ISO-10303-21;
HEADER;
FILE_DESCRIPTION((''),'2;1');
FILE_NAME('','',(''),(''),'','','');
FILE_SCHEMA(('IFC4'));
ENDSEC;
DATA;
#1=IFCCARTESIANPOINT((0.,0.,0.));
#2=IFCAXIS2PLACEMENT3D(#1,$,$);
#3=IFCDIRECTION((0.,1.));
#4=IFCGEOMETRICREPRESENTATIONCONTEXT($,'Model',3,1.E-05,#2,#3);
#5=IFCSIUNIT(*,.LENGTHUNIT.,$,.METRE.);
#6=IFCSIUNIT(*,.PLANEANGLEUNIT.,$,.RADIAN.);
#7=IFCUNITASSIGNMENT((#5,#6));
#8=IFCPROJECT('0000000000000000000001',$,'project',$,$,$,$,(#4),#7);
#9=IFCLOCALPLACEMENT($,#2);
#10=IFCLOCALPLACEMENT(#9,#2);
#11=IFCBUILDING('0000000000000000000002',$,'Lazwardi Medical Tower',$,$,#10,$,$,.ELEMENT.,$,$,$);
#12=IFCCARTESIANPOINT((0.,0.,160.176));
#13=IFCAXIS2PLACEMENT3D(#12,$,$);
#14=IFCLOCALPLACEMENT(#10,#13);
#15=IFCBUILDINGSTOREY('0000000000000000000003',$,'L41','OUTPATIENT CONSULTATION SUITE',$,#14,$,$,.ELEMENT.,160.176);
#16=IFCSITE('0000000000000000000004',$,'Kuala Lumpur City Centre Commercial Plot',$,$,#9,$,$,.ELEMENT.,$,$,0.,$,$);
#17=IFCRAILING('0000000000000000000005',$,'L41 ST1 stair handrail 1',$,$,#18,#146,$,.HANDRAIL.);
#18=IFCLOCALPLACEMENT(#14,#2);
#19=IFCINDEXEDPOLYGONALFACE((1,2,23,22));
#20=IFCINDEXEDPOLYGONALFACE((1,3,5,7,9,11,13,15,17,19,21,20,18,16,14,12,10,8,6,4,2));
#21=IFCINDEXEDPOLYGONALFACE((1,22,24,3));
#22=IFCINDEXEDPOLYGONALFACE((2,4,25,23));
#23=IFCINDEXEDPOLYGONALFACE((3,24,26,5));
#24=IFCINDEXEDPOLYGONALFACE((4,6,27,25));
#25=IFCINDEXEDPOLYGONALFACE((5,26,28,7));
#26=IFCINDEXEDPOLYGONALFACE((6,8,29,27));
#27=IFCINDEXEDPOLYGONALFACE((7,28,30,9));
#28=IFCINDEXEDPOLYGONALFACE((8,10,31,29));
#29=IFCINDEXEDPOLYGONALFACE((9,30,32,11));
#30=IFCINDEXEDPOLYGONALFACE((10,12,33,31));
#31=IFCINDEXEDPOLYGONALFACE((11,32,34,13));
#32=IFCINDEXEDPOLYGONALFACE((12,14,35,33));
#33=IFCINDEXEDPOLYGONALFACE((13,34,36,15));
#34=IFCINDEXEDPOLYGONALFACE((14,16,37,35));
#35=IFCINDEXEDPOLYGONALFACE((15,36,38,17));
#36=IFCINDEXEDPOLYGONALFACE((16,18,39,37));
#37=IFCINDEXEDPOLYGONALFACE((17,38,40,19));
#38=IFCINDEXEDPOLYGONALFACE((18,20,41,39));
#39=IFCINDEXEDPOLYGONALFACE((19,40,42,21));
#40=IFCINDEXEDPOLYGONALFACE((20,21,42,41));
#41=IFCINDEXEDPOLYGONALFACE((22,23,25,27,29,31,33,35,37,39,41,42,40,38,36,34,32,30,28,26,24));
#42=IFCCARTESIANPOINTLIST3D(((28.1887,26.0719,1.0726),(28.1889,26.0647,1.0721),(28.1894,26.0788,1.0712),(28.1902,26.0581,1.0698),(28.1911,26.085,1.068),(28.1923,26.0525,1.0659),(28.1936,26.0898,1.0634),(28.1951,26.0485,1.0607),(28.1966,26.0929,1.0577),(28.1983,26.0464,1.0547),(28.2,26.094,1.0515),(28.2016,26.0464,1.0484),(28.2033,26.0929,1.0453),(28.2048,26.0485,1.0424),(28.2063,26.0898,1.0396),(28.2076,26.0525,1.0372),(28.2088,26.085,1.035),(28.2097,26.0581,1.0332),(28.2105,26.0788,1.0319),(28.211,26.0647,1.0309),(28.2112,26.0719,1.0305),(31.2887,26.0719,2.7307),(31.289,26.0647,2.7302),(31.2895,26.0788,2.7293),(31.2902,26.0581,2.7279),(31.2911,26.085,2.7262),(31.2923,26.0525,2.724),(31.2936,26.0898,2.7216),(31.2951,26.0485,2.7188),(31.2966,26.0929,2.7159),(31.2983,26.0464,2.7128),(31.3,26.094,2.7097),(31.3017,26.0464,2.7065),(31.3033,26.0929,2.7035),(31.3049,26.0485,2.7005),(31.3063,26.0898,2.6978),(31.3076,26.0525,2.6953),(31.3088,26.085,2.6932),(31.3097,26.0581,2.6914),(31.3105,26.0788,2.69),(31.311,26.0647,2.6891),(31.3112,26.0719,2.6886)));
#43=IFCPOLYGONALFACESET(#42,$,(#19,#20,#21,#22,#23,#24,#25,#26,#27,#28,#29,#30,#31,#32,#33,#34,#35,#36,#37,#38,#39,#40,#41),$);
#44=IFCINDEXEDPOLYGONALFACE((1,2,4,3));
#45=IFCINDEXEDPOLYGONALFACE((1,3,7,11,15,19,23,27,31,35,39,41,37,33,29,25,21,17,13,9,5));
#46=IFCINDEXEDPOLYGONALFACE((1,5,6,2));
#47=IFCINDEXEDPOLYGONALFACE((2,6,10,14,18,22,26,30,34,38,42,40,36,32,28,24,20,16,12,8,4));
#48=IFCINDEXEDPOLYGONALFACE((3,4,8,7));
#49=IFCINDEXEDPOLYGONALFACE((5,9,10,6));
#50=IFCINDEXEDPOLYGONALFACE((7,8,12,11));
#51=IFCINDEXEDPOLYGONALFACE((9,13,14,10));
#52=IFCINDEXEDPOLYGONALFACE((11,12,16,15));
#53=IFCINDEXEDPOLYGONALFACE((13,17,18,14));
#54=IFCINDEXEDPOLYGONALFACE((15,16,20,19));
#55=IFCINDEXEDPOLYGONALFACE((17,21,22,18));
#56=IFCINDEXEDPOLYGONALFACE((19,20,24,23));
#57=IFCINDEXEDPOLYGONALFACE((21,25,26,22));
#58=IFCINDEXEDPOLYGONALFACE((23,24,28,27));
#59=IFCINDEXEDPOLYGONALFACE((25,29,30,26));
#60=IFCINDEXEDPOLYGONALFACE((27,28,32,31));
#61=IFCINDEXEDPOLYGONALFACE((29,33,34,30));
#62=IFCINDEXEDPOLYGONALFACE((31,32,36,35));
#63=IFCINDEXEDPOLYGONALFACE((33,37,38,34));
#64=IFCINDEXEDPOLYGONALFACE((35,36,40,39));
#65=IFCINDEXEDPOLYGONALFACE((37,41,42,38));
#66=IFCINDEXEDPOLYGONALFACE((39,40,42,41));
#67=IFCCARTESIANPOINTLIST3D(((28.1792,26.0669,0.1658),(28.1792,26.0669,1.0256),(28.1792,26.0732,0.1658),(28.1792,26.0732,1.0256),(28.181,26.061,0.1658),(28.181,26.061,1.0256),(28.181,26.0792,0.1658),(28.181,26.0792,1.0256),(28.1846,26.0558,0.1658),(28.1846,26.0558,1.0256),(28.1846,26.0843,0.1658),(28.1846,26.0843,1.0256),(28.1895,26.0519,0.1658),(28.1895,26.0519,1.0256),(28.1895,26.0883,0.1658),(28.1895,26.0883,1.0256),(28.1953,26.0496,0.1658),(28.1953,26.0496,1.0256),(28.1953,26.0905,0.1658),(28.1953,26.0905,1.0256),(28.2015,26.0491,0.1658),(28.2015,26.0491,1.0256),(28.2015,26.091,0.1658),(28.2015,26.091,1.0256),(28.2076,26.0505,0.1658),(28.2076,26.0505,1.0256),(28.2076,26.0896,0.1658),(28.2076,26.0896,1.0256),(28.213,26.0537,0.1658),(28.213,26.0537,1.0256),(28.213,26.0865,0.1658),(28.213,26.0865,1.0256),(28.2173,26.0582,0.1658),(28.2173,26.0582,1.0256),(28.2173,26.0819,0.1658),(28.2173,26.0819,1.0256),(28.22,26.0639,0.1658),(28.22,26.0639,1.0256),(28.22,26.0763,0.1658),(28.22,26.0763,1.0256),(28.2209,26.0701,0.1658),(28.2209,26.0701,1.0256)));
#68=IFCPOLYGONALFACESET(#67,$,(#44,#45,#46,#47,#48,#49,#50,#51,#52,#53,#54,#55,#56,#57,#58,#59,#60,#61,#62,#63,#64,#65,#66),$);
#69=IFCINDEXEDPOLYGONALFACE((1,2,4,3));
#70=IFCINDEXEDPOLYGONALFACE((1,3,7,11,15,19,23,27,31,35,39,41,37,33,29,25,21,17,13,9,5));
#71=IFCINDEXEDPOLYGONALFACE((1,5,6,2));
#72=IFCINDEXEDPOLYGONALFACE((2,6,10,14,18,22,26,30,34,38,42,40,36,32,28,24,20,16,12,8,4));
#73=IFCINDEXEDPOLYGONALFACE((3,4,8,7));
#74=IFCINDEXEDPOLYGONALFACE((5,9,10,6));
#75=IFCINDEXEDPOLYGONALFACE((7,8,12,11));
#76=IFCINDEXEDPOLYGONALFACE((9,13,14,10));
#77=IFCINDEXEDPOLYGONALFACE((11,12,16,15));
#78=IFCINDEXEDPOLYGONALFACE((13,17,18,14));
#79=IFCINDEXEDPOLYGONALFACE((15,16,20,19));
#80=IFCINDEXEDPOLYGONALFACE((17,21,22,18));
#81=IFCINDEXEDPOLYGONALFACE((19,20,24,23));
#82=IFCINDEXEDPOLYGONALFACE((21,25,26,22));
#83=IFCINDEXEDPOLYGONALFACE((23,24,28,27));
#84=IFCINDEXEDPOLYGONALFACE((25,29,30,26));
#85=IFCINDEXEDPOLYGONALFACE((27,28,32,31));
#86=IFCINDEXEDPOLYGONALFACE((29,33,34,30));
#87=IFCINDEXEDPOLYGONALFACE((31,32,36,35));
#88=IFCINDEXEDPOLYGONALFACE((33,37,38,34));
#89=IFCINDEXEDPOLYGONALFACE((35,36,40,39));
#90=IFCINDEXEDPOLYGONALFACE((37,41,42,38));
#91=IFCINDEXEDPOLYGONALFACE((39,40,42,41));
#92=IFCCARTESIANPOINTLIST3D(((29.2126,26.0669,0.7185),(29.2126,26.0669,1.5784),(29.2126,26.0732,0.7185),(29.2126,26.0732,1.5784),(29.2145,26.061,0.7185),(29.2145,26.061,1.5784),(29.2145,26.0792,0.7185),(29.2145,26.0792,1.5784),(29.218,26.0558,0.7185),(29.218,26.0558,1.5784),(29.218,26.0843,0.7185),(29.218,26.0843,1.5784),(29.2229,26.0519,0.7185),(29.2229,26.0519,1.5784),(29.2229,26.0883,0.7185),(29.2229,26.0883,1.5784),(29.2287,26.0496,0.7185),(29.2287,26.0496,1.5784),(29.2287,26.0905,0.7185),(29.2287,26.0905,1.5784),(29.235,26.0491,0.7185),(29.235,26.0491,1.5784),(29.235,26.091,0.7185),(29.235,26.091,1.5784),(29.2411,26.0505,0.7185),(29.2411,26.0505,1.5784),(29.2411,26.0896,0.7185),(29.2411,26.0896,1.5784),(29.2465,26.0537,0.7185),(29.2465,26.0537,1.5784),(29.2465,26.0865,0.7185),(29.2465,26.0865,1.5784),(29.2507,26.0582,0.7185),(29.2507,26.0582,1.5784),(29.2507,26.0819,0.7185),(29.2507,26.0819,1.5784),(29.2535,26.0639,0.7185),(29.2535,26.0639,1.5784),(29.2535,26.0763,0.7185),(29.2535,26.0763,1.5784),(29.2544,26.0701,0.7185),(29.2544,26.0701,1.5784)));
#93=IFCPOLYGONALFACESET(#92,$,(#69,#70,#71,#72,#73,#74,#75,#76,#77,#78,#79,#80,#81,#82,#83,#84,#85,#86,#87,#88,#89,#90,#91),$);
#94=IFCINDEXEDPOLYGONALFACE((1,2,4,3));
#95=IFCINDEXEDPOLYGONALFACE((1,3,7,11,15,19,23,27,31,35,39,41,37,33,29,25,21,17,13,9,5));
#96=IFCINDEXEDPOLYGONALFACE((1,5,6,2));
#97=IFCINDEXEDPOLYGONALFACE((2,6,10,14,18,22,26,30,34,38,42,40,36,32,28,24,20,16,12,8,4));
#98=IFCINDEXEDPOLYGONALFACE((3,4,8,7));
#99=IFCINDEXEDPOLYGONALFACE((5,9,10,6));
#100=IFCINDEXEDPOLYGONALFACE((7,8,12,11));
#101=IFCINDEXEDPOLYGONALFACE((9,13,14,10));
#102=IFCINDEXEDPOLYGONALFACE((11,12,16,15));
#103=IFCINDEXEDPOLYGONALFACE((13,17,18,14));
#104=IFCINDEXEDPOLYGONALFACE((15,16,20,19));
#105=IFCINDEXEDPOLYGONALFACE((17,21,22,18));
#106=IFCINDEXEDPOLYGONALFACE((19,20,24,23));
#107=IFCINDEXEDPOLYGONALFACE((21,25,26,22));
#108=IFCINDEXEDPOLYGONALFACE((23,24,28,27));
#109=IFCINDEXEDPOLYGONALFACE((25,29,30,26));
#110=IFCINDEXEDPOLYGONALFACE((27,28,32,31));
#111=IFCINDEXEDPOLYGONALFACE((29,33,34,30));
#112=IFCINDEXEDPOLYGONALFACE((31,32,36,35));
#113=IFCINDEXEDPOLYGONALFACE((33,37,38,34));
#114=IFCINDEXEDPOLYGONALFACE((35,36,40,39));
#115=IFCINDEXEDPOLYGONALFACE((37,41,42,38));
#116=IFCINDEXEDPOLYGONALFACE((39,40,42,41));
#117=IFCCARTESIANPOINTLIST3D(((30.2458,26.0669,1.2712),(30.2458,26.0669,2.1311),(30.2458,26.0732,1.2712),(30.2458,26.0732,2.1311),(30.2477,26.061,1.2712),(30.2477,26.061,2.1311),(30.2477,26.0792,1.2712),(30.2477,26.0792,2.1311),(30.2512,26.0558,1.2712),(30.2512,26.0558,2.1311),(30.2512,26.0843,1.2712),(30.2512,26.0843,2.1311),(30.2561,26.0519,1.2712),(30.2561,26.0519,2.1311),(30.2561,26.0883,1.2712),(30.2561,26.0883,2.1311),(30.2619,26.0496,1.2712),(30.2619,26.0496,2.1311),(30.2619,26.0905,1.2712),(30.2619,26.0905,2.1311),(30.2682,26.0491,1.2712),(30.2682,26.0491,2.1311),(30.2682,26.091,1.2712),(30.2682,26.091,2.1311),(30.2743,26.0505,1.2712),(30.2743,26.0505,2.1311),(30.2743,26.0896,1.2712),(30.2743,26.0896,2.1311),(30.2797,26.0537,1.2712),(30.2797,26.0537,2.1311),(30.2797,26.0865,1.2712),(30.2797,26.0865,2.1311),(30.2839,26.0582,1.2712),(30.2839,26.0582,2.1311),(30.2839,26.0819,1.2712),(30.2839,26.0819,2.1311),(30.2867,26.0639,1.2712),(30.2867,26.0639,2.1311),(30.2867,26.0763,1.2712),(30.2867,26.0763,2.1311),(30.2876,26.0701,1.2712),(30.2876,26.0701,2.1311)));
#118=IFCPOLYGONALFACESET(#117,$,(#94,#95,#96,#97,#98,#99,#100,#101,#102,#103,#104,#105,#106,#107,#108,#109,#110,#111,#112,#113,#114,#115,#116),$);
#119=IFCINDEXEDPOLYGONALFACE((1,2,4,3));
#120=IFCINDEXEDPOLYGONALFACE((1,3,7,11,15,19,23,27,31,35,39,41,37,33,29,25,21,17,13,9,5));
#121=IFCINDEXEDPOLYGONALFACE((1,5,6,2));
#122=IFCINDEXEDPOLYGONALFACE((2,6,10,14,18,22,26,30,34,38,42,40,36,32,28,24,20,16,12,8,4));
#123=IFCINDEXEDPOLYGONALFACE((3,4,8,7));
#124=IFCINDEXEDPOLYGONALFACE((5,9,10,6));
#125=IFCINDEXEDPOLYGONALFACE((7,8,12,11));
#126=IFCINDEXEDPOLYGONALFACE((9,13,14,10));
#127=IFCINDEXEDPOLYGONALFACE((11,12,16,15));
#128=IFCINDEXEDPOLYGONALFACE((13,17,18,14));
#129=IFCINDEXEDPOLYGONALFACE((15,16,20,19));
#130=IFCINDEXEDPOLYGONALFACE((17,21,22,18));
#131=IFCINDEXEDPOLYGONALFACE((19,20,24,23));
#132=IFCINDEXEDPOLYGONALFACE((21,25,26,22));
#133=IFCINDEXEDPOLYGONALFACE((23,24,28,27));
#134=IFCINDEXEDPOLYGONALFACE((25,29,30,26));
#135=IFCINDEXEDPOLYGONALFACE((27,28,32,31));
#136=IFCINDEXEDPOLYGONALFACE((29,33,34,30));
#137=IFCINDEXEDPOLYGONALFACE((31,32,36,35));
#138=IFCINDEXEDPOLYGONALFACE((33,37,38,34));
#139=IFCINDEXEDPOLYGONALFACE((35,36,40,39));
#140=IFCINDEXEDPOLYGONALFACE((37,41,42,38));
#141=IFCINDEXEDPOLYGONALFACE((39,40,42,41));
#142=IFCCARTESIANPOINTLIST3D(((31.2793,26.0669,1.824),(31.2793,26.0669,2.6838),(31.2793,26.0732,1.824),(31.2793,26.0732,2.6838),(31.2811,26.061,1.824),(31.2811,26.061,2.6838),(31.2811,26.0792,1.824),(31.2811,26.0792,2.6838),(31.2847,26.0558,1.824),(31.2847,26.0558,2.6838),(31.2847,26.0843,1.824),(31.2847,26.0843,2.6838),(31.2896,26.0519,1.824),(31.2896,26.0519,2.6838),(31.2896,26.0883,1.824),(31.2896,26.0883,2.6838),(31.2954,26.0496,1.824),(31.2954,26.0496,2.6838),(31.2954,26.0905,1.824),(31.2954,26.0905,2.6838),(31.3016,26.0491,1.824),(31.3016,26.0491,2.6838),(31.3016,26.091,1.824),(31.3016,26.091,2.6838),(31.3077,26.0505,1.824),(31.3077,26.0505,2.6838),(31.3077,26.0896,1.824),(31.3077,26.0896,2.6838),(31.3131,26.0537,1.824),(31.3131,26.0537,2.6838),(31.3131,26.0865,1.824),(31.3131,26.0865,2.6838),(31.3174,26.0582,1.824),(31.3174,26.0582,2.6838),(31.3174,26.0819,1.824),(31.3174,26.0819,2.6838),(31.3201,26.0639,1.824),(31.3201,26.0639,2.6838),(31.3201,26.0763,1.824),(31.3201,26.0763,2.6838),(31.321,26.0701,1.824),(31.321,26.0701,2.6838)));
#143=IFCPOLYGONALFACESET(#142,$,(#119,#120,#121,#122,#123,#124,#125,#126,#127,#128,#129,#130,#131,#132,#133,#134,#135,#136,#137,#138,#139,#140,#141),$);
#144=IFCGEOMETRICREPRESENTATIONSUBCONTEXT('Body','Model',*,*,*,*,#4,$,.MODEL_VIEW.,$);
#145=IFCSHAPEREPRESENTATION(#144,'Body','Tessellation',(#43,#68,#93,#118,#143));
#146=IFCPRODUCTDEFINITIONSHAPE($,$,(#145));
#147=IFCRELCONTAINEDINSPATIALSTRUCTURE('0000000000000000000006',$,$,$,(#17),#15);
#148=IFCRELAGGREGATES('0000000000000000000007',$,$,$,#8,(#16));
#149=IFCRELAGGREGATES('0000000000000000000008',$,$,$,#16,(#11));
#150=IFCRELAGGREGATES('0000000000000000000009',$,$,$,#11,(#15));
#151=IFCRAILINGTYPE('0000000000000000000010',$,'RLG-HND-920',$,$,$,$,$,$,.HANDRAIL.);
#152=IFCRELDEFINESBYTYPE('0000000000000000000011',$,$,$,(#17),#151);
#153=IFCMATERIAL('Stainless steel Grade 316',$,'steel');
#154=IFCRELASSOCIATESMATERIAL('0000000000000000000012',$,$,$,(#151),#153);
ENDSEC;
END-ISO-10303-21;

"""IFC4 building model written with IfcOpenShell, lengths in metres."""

from ifc_helpers import new_model, si_unit, direction, frame, origin, origin_2d, place, context, subcontext, project, spatial, circle, extrude, material, type_object, element, save


model = new_model("IFC4")

# Units and contexts
model_context = context("Model", 3, precision=1e-05, world=origin(), true_north=direction((0.0, 1.0)))
body_context = subcontext(model_context, "Body", "Model", "MODEL_VIEW")
ifc_project = project(units=[si_unit("LENGTHUNIT", "METRE"), si_unit("PLANEANGLEUNIT", "RADIAN")], contexts=[model_context])

# Site, building, storey
site_placement = place(None, origin())
site = spatial("IfcSite", under=ifc_project, at=site_placement, Name="Kuala Lumpur City Centre Commercial Plot", CompositionType="ELEMENT", RefElevation=0.0)
building_placement = place(site_placement, origin())
building = spatial("IfcBuilding", under=site, at=building_placement, Name="Lazwardi Medical Tower", CompositionType="ELEMENT")
storey_placement = place(building_placement, frame((0.0, 0.0, 160.176)))
storey = spatial("IfcBuildingStorey", under=building, at=storey_placement, Name="L41", Description="OUTPATIENT CONSULTATION SUITE", CompositionType="ELEMENT", Elevation=160.176)

# Railing
ifc_material_1 = material(Name="Stainless steel Grade 316", Category="steel")
railing_type_1 = type_object("IfcRailingType", Name="RLG-HND-920", PredefinedType="HANDRAIL", material=ifc_material_1)
railing_1_placement = place(storey_placement, frame((28.2, 26.0701, 0.1658)))
element("IfcRailing", 1, at=railing_1_placement, inside=storey, type_object=railing_type_1, Name="L41 ST1 stair handrail 1", PredefinedType="HANDRAIL", context=body_context, shape_type="SweptSolid", body=[
    extrude(circle(Radius=0.0239, at=origin_2d()), frame((0.0, 0.0, 0.8857), z_axis=(0.881783, 0.0, 0.471655), x_axis=(0.0, 1.0, 0.0)), (0.0, 0.0, 1.0), 3.5156),
    extrude(circle(Radius=0.021, at=origin_2d()), origin(), (0.0, 0.0, 1.0), 0.8599),
    extrude(circle(Radius=0.021, at=origin_2d()), frame((1.0334, 0.0, 0.5527)), (0.0, 0.0, 1.0), 0.8599),
    extrude(circle(Radius=0.021, at=origin_2d()), frame((2.0667, 0.0, 1.1055)), (0.0, 0.0, 1.0), 0.8599),
    extrude(circle(Radius=0.021, at=origin_2d()), frame((3.1001, 0.0, 1.6582)), (0.0, 0.0, 1.0), 0.8599),
])

save(model, "model.ifc")
